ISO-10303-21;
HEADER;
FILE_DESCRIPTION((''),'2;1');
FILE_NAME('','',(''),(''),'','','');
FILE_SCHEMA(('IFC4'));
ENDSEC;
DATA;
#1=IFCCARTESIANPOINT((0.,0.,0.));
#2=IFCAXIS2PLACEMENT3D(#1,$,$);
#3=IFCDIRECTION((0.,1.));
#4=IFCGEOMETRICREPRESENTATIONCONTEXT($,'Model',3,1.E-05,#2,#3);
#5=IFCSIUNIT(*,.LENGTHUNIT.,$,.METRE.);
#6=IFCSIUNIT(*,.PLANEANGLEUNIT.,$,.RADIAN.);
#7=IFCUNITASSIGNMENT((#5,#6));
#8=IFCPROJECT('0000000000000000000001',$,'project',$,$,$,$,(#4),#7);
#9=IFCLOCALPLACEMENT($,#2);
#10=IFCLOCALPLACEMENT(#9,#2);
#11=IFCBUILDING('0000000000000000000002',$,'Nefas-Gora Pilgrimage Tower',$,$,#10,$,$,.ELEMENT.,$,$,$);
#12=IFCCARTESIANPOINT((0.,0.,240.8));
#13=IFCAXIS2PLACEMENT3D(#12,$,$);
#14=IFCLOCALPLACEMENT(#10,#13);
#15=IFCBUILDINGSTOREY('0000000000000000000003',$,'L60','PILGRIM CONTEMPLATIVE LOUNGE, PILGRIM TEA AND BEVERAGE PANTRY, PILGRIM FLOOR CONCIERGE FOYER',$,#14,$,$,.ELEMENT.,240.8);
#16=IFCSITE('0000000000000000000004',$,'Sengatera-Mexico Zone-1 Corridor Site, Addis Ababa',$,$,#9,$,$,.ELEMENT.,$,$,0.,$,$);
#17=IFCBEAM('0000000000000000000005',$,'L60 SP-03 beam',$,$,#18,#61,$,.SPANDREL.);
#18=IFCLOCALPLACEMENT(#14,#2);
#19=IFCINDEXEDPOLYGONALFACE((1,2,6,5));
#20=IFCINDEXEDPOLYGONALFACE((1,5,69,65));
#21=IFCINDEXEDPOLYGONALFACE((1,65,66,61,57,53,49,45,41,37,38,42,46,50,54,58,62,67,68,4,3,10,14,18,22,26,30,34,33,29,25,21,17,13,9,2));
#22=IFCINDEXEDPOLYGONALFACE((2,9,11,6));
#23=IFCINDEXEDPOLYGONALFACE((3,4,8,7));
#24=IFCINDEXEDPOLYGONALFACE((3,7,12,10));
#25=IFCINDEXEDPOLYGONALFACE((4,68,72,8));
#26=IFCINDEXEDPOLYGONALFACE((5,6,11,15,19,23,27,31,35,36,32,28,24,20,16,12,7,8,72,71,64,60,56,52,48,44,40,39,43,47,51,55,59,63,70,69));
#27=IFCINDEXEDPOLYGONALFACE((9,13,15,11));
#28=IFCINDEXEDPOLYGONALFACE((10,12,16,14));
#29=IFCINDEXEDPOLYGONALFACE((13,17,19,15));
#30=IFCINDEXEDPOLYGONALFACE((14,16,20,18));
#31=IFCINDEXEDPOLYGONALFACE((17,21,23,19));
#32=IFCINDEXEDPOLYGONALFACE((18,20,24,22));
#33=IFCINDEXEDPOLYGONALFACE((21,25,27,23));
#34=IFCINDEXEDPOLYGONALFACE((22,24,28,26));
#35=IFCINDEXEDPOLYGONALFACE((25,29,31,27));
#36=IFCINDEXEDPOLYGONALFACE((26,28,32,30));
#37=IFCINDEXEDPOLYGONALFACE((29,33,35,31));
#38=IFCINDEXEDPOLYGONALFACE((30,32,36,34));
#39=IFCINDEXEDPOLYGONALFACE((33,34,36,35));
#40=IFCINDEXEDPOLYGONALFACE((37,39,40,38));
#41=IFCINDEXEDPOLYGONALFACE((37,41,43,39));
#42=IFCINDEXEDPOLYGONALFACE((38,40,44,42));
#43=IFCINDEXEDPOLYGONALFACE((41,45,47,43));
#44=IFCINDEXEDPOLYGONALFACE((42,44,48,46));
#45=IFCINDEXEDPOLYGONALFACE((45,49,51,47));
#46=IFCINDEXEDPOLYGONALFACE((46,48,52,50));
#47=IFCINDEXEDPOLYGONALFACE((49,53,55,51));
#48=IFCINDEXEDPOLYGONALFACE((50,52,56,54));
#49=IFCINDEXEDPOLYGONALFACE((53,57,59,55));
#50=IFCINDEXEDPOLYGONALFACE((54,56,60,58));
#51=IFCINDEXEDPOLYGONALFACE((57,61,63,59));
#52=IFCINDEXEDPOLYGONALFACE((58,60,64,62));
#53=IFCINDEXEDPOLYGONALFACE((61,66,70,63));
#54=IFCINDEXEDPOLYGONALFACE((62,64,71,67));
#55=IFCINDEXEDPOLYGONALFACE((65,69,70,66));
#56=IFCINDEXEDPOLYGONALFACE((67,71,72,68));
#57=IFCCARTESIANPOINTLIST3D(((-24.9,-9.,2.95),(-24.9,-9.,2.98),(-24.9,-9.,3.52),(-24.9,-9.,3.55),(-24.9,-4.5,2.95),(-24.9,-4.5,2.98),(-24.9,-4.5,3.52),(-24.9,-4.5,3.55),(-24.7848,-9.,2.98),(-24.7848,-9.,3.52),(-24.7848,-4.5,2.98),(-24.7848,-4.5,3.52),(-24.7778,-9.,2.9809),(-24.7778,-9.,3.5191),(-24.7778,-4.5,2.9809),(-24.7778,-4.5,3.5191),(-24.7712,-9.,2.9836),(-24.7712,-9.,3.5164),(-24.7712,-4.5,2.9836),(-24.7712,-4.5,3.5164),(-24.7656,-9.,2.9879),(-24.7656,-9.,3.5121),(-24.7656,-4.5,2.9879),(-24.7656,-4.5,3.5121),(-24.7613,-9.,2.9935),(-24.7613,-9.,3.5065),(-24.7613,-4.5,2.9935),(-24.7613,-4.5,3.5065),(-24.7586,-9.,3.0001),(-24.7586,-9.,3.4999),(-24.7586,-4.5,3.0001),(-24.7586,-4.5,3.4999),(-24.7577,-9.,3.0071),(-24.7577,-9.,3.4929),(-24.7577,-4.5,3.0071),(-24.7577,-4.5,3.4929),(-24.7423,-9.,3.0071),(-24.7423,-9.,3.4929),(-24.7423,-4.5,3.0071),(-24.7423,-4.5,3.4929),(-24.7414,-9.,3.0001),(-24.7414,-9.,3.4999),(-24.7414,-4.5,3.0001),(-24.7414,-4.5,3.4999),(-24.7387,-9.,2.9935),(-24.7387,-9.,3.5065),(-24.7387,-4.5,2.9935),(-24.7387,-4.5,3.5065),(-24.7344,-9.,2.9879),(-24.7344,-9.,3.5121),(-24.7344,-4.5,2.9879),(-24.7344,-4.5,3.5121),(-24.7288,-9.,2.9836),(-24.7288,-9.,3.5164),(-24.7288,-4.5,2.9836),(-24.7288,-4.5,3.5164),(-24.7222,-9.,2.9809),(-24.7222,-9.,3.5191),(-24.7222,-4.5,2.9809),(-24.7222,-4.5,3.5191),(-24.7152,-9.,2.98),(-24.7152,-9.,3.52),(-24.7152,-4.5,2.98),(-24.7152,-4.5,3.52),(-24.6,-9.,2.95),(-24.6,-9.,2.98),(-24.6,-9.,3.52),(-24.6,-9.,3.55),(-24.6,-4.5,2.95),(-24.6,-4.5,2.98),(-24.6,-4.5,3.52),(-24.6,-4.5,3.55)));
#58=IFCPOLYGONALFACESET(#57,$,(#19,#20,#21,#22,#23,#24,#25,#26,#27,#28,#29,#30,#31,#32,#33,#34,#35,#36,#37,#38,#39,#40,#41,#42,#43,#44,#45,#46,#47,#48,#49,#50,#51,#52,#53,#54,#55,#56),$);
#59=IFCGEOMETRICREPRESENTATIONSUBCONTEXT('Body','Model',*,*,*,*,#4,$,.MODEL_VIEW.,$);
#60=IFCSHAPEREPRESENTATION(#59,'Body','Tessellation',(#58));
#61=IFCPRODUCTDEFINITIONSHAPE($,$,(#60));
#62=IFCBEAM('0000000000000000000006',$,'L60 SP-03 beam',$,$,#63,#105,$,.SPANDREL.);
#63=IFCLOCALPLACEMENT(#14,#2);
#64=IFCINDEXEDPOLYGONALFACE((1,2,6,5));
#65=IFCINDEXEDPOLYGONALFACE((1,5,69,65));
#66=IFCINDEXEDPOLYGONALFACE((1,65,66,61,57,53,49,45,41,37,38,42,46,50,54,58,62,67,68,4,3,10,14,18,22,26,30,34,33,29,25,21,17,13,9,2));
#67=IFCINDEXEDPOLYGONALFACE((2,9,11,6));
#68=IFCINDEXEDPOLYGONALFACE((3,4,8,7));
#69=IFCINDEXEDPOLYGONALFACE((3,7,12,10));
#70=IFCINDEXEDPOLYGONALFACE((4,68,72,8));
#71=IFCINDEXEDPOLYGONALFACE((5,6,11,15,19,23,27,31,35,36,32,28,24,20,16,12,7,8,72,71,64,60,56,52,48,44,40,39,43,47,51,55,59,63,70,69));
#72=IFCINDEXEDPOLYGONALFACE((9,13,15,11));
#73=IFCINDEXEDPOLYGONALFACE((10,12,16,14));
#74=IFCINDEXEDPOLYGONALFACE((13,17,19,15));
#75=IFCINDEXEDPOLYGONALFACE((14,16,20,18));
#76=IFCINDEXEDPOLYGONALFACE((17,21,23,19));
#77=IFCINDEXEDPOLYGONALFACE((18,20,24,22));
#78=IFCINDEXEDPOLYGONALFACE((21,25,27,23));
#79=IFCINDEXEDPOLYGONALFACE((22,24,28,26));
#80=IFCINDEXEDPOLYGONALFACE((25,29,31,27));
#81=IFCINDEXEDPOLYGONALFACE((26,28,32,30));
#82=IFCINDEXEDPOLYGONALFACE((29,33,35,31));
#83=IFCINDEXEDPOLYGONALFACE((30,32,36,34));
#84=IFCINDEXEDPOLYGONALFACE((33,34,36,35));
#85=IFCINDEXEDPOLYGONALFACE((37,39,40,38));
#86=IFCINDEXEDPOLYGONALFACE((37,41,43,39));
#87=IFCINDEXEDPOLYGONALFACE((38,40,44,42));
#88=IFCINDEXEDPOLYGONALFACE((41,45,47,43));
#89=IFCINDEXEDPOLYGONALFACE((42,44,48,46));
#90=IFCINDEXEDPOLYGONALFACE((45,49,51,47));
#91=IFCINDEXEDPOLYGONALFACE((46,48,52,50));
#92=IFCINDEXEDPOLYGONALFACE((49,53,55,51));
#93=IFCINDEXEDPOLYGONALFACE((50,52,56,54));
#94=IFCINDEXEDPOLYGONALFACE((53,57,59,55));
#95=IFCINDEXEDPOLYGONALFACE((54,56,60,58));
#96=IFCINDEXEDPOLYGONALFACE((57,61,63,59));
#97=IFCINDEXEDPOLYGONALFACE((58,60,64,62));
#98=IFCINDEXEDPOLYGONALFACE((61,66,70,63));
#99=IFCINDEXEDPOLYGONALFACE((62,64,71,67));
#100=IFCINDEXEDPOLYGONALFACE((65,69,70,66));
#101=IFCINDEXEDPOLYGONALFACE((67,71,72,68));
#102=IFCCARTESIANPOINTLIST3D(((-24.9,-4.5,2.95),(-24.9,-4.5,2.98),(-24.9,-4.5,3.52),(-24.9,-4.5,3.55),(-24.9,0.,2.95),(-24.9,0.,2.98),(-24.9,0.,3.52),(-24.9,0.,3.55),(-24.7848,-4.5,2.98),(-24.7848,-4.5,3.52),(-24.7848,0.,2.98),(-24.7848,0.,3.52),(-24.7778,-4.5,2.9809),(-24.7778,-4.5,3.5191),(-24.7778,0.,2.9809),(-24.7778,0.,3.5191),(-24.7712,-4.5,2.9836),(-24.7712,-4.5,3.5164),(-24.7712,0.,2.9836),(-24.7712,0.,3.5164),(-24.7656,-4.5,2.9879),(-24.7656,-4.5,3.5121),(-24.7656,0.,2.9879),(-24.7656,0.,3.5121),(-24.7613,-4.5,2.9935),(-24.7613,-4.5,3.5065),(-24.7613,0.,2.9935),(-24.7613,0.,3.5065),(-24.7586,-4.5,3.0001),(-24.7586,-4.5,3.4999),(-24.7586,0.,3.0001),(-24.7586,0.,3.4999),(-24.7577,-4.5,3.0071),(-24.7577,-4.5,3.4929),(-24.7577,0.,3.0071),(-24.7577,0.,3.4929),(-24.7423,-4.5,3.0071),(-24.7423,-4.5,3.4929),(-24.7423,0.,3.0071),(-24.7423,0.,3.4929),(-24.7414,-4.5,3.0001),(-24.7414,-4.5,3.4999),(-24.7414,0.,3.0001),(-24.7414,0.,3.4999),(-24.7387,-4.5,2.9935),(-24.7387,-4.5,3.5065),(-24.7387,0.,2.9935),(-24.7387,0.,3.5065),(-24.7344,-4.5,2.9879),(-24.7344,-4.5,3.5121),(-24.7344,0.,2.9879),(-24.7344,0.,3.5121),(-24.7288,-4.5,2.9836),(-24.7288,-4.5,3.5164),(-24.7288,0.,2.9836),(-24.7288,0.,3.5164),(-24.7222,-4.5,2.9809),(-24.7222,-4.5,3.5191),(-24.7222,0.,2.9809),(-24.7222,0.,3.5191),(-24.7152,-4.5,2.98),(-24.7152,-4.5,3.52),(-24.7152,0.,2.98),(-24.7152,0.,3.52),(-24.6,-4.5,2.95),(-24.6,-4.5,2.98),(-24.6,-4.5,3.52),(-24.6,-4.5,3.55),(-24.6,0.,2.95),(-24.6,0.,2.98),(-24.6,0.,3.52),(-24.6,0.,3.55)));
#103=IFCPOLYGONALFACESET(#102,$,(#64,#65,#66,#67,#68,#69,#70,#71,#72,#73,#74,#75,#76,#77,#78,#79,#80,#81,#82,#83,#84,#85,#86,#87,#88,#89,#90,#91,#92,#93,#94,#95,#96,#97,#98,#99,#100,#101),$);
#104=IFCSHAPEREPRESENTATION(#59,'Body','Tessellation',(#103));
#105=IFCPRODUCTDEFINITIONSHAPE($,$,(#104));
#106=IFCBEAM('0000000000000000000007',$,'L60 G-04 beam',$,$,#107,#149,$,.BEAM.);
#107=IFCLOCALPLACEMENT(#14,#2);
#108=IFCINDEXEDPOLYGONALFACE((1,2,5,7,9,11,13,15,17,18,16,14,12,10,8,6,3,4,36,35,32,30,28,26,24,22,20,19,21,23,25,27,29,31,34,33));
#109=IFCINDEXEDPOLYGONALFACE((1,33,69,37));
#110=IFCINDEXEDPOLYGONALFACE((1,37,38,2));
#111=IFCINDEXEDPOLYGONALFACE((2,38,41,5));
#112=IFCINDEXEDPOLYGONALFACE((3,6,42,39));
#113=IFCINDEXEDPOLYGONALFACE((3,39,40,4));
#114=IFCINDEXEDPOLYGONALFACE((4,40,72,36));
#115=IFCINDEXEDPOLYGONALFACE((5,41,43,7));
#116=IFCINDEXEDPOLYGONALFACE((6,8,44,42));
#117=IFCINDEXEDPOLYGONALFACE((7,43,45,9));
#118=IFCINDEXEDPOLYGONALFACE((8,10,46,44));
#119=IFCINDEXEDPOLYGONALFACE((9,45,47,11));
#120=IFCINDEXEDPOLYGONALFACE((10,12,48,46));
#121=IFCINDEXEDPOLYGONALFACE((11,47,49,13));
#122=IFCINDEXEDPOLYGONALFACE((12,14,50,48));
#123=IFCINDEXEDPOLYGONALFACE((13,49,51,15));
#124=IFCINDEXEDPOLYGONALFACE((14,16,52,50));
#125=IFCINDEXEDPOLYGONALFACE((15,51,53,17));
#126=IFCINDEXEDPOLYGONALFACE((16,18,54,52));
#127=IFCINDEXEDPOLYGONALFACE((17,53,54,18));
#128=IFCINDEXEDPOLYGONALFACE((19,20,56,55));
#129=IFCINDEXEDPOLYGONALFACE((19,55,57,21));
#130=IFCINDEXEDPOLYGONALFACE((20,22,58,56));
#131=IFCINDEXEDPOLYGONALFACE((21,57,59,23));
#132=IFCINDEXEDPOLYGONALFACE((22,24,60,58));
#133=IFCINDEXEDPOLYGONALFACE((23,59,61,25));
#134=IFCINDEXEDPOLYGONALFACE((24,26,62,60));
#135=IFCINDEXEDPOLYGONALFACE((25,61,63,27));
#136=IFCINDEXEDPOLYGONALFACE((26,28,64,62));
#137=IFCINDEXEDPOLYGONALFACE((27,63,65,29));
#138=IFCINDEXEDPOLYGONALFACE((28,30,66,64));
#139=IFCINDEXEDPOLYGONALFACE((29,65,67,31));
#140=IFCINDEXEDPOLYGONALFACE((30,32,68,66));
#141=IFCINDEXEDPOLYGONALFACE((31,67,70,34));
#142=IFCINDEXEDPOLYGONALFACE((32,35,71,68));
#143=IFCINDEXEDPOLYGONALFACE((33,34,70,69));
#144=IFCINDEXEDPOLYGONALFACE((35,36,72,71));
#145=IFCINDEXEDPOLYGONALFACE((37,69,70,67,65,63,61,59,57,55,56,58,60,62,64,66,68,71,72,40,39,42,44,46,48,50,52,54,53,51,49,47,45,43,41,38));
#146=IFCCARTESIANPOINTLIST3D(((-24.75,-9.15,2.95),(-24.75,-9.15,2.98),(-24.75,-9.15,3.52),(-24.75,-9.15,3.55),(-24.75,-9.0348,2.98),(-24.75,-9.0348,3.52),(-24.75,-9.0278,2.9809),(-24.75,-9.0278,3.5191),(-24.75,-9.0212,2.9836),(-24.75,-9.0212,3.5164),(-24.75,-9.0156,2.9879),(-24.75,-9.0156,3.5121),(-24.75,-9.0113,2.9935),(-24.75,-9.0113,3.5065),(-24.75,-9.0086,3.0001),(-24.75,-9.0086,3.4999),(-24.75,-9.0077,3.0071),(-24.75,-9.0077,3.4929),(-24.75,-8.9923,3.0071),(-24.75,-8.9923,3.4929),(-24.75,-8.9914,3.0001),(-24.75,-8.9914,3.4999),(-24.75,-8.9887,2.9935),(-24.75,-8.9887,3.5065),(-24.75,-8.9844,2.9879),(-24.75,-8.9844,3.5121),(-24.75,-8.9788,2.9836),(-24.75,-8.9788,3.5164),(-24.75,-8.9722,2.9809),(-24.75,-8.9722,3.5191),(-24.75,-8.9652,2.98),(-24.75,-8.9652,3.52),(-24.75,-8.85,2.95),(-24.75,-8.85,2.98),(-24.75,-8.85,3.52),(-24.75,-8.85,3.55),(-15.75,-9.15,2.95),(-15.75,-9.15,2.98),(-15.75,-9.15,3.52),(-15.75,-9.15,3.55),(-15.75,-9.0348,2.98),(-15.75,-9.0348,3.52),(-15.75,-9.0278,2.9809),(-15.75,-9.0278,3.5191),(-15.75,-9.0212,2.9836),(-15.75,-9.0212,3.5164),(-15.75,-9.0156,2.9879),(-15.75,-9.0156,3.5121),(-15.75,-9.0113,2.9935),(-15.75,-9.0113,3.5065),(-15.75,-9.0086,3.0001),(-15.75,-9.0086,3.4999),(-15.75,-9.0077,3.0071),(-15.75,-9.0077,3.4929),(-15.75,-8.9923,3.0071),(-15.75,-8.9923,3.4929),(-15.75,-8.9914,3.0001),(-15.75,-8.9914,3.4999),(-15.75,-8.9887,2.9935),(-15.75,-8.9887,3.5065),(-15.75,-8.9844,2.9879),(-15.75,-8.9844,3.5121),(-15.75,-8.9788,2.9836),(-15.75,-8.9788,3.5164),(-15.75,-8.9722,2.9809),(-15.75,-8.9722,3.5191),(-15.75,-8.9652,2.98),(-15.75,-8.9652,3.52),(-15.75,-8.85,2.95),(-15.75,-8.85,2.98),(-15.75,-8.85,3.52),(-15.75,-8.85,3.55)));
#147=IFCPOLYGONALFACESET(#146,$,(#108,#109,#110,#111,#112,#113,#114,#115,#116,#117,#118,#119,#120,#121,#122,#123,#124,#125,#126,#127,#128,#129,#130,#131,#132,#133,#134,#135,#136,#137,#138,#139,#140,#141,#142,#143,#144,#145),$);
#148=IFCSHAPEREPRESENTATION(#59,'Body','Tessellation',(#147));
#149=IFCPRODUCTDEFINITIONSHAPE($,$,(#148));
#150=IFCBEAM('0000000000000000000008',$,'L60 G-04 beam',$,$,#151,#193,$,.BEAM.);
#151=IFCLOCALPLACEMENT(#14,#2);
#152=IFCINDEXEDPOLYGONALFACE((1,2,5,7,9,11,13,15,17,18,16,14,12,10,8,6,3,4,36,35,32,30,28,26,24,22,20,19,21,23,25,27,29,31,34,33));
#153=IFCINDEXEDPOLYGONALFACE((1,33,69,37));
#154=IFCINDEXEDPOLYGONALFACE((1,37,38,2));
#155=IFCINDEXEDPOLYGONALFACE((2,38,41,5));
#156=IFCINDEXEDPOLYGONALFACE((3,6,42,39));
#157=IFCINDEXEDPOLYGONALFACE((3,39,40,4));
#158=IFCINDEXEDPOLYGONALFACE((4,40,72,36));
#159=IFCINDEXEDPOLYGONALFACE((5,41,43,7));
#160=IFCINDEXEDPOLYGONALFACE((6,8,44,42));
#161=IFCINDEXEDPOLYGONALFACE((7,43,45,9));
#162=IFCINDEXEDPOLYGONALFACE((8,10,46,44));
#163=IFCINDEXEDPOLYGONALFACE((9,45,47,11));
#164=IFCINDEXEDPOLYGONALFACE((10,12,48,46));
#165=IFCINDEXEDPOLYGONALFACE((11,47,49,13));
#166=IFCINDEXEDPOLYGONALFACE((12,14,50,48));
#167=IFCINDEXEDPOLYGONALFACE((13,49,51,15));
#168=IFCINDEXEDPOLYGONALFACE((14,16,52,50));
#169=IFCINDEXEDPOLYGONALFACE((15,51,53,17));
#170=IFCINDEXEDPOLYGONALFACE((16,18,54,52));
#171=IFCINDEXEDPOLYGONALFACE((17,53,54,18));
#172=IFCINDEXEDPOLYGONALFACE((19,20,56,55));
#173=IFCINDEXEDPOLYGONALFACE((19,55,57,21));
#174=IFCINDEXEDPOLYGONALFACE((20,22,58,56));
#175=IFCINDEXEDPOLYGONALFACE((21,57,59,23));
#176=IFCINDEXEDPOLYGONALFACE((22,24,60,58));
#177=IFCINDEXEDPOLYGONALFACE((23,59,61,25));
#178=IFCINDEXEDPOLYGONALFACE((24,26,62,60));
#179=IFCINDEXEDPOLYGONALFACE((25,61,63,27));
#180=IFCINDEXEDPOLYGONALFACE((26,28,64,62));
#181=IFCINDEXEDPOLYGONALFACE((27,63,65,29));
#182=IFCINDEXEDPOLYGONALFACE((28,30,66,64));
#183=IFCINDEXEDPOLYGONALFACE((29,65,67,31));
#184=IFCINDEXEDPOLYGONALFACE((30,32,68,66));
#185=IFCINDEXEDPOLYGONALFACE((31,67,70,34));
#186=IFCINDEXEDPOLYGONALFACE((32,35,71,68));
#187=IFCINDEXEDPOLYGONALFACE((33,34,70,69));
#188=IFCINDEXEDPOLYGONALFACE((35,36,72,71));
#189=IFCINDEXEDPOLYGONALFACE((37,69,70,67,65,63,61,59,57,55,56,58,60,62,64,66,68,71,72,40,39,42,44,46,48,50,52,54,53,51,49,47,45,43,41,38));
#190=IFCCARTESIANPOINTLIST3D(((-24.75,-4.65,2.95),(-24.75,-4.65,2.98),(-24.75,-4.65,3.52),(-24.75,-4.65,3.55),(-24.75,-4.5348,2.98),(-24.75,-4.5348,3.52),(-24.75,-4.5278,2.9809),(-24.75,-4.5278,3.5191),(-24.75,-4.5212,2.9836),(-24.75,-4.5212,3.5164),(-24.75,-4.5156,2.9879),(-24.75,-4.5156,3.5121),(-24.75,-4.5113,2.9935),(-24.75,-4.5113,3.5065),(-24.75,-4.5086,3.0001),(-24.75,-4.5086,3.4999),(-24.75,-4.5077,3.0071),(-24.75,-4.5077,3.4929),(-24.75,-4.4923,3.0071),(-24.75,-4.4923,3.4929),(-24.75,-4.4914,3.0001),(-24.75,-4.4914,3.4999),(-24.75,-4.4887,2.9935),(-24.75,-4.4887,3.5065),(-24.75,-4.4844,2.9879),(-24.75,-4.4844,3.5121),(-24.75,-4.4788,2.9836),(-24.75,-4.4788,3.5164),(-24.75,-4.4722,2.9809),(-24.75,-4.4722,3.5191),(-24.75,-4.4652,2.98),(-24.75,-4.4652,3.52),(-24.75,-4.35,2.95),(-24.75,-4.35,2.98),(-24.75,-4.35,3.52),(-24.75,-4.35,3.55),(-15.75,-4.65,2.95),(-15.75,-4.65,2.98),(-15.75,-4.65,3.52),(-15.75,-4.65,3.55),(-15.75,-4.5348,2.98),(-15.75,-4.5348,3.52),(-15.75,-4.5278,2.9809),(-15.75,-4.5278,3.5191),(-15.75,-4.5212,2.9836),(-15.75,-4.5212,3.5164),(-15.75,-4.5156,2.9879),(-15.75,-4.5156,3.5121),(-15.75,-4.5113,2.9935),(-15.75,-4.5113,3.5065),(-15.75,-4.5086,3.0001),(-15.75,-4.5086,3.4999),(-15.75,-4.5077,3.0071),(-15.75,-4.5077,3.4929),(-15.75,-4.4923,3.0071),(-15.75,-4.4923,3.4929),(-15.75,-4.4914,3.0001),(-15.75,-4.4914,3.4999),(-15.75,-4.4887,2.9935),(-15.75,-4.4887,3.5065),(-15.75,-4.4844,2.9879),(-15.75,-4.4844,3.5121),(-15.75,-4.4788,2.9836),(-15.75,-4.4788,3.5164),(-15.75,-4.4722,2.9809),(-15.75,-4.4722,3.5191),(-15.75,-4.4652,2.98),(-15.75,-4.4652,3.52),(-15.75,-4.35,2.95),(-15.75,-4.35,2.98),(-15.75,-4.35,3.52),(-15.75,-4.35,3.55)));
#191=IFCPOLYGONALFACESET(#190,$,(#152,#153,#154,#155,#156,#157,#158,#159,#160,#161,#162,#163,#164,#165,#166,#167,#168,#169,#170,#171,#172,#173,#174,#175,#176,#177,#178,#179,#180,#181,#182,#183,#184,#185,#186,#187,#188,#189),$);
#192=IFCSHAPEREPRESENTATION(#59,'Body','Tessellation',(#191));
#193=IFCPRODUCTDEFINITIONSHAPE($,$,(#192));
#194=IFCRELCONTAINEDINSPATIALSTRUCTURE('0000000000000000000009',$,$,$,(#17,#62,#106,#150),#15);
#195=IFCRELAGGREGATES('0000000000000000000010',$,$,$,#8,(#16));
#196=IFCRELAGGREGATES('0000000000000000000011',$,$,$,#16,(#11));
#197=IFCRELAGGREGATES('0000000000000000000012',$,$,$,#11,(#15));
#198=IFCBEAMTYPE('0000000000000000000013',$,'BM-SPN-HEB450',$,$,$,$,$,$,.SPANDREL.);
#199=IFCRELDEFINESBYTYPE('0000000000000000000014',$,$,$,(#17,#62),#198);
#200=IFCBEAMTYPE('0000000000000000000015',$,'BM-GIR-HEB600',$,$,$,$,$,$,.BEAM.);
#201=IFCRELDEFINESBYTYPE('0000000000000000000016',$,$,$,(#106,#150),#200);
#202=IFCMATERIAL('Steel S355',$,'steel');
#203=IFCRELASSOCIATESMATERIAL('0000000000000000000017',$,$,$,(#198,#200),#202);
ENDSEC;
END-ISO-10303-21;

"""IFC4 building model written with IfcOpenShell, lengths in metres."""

from ifc_helpers import new_model, si_unit, direction, frame, origin, origin_2d, place, context, subcontext, project, spatial, i_section, extrude, source, transform, mapped, material, material_profile, profile_set, type_object, element, save


model = new_model("IFC4")

# Units and contexts
model_context = context("Model", 3, precision=1e-05, world=origin(), true_north=direction((0.0, 1.0)))
body_context = subcontext(model_context, "Body", "Model", "MODEL_VIEW")
ifc_project = project(units=[si_unit("LENGTHUNIT", "METRE"), si_unit("PLANEANGLEUNIT", "RADIAN")], contexts=[model_context])

# Site, building, storey
site_placement = place(None, origin())
site = spatial("IfcSite", under=ifc_project, at=site_placement, Name="Sengatera-Mexico Zone-1 Corridor Site, Addis Ababa", CompositionType="ELEMENT", RefElevation=0.0)
building_placement = place(site_placement, origin())
building = spatial("IfcBuilding", under=site, at=building_placement, Name="Nefas-Gora Pilgrimage Tower", CompositionType="ELEMENT")
storey_placement = place(building_placement, frame((0.0, 0.0, 240.8)))
storey = spatial("IfcBuildingStorey", under=building, at=storey_placement, Name="L60", Description="PILGRIM CONTEMPLATIVE LOUNGE, PILGRIM TEA AND BEVERAGE PANTRY, PILGRIM FLOOR CONCIERGE FOYER", CompositionType="ELEMENT", Elevation=240.8)

# Beams
ifc_material_1 = material(Name="Steel S355", Category="steel")
ifc_material_profile_1 = material_profile(ifc_material_1, i_section(OverallWidth=0.3, OverallDepth=0.6001, WebThickness=0.0154, FlangeThickness=0.03, FilletRadius=0.0271, at=origin_2d()), Name="HEB 600")
ifc_profile_set_1 = profile_set([ifc_material_profile_1], Name="Steel S355")
beam_type_1 = type_object("IfcBeamType", Name="BM-SPN-HEB450", PredefinedType="SPANDREL", material=ifc_profile_set_1)
shared_shape_1 = source(origin(), body_context, "Body", "SweptSolid", [
    extrude(i_section(OverallWidth=0.3, OverallDepth=0.6001, WebThickness=0.0154, FlangeThickness=0.03, FilletRadius=0.0271, at=origin_2d()), origin(), (0.0, 0.0, 1.0), 4.5),
])
for number, where, z_axis, x_axis, name in (
    (1, (-24.75, -9.0, 3.25), (0.0, 1.0, 0.0), (-1.0, 0.0, 0.0), "L60 SP-03 beam"),
    (2, (-24.75, -4.5, 3.25), (0.0, 1.0, 0.0), (-1.0, 0.0, 0.0), "L60 SP-03 beam"),
):
    element("IfcBeam", number, at=place(storey_placement, frame(where, z_axis=z_axis, x_axis=x_axis)), inside=storey, type_object=beam_type_1, Name=name, PredefinedType="SPANDREL", context=body_context, shape_type="MappedRepresentation", body=[
        mapped(shared_shape_1, transform((0.0, 0.0, 0.0), x_axis=(1.0, 0.0, 0.0), y_axis=(0.0, 1.0, 0.0), z_axis=(0.0, 0.0, 1.0), scale=1.0)),
    ])
ifc_material_profile_2 = material_profile(ifc_material_1, i_section(OverallWidth=0.3, OverallDepth=0.6001, WebThickness=0.0154, FlangeThickness=0.03, FilletRadius=0.0271, at=origin_2d()), Name="HEB 600")
ifc_profile_set_2 = profile_set([ifc_material_profile_2], Name="Steel S355")
beam_type_2 = type_object("IfcBeamType", Name="BM-GIR-HEB600", PredefinedType="BEAM", material=ifc_profile_set_2)
shared_shape_2 = source(origin(), body_context, "Body", "SweptSolid", [
    extrude(i_section(OverallWidth=0.3, OverallDepth=0.6001, WebThickness=0.0154, FlangeThickness=0.03, FilletRadius=0.0271, at=origin_2d()), origin(), (0.0, 0.0, 1.0), 9.0),
])
for number, where, z_axis, x_axis, name in (
    (3, (-24.75, -9.0, 3.25), (1.0, 0.0, 0.0), (0.0, 1.0, 0.0), "L60 G-04 beam"),
    (4, (-24.75, -4.5, 3.25), (1.0, 0.0, 0.0), (0.0, 1.0, 0.0), "L60 G-04 beam"),
):
    element("IfcBeam", number, at=place(storey_placement, frame(where, z_axis=z_axis, x_axis=x_axis)), inside=storey, type_object=beam_type_2, Name=name, PredefinedType="BEAM", context=body_context, shape_type="MappedRepresentation", body=[
        mapped(shared_shape_2, transform((0.0, 0.0, 0.0), x_axis=(1.0, 0.0, 0.0), y_axis=(0.0, 1.0, 0.0), z_axis=(0.0, 0.0, 1.0), scale=1.0)),
    ])

save(model, "model.ifc")
